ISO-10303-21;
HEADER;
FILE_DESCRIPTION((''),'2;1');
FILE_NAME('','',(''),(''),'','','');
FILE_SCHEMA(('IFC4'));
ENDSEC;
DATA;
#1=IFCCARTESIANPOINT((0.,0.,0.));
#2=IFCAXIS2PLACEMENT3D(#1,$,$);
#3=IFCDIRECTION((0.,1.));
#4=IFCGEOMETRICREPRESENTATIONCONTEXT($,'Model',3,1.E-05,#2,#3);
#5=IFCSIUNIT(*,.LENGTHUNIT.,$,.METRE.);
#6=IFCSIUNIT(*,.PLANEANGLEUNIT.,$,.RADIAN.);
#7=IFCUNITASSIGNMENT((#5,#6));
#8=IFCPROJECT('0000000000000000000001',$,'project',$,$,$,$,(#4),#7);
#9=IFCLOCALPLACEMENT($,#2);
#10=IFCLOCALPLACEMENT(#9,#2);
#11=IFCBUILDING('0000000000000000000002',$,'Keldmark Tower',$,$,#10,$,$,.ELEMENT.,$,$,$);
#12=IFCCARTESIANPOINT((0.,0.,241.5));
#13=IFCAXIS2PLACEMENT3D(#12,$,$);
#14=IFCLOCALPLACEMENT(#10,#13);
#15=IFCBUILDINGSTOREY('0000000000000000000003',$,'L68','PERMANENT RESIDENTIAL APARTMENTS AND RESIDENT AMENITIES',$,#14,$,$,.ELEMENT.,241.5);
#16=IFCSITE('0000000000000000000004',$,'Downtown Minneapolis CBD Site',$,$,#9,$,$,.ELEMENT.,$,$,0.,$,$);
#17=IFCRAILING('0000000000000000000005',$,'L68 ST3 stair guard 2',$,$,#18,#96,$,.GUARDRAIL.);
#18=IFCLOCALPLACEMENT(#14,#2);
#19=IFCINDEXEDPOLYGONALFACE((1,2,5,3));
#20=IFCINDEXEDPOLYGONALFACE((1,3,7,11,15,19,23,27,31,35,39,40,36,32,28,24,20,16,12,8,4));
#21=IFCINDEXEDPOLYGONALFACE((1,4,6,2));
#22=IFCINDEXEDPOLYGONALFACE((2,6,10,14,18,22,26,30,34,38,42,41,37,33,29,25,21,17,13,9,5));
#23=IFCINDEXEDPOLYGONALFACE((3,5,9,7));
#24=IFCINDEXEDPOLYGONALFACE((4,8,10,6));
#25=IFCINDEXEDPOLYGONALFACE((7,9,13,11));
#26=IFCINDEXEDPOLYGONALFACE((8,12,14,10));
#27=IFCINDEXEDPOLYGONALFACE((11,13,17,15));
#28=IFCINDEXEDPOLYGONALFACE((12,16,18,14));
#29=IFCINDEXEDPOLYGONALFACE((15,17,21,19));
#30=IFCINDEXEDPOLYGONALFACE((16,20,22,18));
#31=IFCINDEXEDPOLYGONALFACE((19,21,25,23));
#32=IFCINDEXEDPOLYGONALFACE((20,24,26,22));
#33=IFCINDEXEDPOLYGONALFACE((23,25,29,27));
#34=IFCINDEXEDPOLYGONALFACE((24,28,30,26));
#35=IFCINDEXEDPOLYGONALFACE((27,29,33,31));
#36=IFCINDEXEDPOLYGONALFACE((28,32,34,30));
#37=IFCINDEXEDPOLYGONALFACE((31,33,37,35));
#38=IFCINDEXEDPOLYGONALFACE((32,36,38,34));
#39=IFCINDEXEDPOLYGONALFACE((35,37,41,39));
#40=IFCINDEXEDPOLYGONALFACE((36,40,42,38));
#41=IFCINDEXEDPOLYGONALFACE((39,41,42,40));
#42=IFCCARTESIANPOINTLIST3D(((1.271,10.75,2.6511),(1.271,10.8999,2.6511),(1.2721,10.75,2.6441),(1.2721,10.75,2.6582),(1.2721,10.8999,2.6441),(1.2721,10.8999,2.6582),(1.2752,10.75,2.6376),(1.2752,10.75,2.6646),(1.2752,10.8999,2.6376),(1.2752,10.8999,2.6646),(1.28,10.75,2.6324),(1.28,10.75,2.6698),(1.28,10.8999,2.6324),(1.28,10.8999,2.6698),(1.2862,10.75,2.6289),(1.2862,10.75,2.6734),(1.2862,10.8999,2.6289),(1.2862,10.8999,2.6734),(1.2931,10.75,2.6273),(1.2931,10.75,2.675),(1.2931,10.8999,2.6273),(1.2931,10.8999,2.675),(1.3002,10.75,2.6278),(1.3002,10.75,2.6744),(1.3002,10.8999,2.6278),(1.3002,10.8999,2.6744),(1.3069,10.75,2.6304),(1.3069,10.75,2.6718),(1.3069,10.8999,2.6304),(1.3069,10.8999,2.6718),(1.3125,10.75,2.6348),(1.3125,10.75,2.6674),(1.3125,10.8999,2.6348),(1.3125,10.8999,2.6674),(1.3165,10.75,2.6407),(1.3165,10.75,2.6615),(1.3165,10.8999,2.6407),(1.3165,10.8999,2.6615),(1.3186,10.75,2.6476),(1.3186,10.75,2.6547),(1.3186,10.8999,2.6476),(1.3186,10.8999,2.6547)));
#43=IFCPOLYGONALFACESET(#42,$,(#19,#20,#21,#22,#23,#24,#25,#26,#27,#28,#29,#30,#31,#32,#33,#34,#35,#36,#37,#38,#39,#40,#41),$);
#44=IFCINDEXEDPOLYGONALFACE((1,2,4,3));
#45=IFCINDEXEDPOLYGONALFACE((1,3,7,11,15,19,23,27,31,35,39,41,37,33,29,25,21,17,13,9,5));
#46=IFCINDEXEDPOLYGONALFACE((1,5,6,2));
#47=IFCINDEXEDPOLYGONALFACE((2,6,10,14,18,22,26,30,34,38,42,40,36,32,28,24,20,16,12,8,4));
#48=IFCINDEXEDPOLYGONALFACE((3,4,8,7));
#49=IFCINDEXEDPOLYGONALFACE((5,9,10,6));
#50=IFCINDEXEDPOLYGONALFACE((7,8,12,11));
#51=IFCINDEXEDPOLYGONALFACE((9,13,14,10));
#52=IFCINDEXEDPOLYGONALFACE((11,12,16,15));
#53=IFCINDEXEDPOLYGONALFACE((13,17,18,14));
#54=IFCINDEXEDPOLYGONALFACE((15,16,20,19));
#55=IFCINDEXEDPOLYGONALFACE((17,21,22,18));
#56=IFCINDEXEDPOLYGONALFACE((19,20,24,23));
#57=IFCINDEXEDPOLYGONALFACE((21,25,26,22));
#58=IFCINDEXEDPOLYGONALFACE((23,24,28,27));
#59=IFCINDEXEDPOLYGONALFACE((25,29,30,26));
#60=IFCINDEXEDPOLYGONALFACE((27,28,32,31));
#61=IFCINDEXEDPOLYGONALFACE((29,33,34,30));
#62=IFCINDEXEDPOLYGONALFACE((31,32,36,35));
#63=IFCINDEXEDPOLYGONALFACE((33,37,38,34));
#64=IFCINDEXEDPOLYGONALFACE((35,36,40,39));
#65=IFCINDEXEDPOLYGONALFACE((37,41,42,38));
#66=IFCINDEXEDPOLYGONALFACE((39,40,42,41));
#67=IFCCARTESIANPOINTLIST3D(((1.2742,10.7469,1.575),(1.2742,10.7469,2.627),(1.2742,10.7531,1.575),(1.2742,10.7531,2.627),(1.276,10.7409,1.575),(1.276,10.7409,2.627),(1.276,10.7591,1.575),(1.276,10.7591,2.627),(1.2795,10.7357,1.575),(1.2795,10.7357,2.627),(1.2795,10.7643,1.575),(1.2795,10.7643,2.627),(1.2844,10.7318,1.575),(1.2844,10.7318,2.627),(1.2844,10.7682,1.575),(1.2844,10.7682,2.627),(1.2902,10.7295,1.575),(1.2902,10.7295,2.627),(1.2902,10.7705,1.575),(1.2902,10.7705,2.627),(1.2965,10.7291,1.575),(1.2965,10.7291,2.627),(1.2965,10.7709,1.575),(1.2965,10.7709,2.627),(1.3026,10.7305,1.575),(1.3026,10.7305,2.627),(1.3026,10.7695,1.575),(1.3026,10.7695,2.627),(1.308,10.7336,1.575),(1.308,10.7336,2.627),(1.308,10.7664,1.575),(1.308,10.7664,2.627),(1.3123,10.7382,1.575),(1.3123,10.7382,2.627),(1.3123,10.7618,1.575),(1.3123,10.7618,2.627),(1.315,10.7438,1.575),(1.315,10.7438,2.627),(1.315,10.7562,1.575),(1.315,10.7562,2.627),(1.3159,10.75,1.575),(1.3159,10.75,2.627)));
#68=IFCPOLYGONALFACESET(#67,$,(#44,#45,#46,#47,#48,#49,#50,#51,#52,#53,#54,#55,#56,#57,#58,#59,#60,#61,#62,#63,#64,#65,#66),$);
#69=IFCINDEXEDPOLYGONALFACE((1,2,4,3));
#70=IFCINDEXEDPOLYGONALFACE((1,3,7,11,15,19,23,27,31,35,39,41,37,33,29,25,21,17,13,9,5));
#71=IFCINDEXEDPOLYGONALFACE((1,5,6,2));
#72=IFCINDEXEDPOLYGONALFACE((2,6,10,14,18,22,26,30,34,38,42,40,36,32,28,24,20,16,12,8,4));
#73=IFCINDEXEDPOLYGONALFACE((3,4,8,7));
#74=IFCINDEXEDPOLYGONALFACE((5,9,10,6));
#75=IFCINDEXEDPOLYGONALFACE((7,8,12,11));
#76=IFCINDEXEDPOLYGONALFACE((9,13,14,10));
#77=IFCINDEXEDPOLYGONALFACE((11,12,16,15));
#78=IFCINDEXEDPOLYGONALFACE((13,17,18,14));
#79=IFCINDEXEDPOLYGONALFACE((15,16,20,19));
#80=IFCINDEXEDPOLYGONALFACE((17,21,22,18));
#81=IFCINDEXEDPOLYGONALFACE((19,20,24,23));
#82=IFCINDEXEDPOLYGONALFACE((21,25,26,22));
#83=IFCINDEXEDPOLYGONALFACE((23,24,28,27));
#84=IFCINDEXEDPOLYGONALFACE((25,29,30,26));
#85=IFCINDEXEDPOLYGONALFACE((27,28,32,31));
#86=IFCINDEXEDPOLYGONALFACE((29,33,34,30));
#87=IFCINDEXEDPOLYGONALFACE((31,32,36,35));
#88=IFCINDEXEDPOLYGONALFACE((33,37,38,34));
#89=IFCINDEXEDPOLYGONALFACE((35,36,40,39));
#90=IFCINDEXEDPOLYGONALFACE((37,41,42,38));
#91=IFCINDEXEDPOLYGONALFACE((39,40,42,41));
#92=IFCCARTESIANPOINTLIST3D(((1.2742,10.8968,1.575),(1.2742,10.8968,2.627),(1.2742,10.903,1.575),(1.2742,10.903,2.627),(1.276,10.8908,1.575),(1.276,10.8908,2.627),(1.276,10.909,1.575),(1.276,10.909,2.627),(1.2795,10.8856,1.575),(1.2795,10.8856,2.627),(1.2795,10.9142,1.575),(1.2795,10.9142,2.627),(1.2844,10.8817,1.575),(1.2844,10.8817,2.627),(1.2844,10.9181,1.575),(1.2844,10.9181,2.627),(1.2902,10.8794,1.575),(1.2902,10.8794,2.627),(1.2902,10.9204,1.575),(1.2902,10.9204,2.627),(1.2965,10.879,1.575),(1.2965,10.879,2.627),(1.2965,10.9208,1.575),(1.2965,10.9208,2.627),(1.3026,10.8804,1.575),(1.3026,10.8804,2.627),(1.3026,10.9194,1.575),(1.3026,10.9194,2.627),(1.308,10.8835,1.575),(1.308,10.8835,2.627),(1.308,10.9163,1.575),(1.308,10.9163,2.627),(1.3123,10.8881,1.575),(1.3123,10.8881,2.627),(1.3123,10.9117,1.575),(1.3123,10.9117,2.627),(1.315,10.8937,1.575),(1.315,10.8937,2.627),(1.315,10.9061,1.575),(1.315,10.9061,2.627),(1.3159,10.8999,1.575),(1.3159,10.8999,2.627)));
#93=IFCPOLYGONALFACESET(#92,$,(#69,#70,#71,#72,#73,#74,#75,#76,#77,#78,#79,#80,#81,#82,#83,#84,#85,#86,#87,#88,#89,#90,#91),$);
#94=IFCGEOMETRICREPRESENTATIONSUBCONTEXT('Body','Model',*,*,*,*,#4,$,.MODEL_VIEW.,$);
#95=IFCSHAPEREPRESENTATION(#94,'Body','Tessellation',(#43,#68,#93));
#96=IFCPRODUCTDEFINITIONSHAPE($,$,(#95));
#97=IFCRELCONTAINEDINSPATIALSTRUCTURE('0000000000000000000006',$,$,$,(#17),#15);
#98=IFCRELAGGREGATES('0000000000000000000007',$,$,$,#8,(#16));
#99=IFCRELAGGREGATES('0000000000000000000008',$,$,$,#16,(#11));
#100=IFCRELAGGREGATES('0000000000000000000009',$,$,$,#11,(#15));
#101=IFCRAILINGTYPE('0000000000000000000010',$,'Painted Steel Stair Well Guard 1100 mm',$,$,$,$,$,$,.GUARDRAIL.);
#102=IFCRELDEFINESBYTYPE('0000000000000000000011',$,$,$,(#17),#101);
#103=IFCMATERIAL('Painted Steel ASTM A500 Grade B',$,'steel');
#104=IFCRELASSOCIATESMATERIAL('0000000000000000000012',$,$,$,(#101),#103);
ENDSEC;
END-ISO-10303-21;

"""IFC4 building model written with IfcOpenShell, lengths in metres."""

from ifc_helpers import new_model, si_unit, direction, frame, origin, origin_2d, place, context, subcontext, project, spatial, circle, extrude, material, type_object, element, save


model = new_model("IFC4")

# Units and contexts
model_context = context("Model", 3, precision=1e-05, world=origin(), true_north=direction((0.0, 1.0)))
body_context = subcontext(model_context, "Body", "Model", "MODEL_VIEW")
ifc_project = project(units=[si_unit("LENGTHUNIT", "METRE"), si_unit("PLANEANGLEUNIT", "RADIAN")], contexts=[model_context])

# Site, building, storey
site_placement = place(None, origin())
site = spatial("IfcSite", under=ifc_project, at=site_placement, Name="Downtown Minneapolis CBD Site", CompositionType="ELEMENT", RefElevation=0.0)
building_placement = place(site_placement, origin())
building = spatial("IfcBuilding", under=site, at=building_placement, Name="Keldmark Tower", CompositionType="ELEMENT")
storey_placement = place(building_placement, frame((0.0, 0.0, 241.5)))
storey = spatial("IfcBuildingStorey", under=building, at=storey_placement, Name="L68", Description="PERMANENT RESIDENTIAL APARTMENTS AND RESIDENT AMENITIES", CompositionType="ELEMENT", Elevation=241.5)

# Railing
ifc_material_1 = material(Name="Painted Steel ASTM A500 Grade B", Category="steel")
railing_type_1 = type_object("IfcRailingType", Name="Painted Steel Stair Well Guard 1100 mm", PredefinedType="GUARDRAIL", material=ifc_material_1)
railing_1_placement = place(storey_placement, frame((1.2949, 10.75, 1.575)))
element("IfcRailing", 1, at=railing_1_placement, inside=storey, type_object=railing_type_1, Name="L68 ST3 stair guard 2", PredefinedType="GUARDRAIL", context=body_context, shape_type="SweptSolid", body=[
    extrude(circle(Radius=0.0239, at=origin_2d()), frame((0.0, 0.0, 1.0762), z_axis=(0.0, 1.0, 0.0), x_axis=(-1.0, 0.0, 0.0)), (0.0, 0.0, 1.0), 0.1499),
    extrude(circle(Radius=0.021, at=origin_2d()), origin(), (0.0, 0.0, 1.0), 1.052),
    extrude(circle(Radius=0.021, at=origin_2d()), frame((0.0, 0.1499, 0.0)), (0.0, 0.0, 1.0), 1.052),
])

save(model, "model.ifc")
